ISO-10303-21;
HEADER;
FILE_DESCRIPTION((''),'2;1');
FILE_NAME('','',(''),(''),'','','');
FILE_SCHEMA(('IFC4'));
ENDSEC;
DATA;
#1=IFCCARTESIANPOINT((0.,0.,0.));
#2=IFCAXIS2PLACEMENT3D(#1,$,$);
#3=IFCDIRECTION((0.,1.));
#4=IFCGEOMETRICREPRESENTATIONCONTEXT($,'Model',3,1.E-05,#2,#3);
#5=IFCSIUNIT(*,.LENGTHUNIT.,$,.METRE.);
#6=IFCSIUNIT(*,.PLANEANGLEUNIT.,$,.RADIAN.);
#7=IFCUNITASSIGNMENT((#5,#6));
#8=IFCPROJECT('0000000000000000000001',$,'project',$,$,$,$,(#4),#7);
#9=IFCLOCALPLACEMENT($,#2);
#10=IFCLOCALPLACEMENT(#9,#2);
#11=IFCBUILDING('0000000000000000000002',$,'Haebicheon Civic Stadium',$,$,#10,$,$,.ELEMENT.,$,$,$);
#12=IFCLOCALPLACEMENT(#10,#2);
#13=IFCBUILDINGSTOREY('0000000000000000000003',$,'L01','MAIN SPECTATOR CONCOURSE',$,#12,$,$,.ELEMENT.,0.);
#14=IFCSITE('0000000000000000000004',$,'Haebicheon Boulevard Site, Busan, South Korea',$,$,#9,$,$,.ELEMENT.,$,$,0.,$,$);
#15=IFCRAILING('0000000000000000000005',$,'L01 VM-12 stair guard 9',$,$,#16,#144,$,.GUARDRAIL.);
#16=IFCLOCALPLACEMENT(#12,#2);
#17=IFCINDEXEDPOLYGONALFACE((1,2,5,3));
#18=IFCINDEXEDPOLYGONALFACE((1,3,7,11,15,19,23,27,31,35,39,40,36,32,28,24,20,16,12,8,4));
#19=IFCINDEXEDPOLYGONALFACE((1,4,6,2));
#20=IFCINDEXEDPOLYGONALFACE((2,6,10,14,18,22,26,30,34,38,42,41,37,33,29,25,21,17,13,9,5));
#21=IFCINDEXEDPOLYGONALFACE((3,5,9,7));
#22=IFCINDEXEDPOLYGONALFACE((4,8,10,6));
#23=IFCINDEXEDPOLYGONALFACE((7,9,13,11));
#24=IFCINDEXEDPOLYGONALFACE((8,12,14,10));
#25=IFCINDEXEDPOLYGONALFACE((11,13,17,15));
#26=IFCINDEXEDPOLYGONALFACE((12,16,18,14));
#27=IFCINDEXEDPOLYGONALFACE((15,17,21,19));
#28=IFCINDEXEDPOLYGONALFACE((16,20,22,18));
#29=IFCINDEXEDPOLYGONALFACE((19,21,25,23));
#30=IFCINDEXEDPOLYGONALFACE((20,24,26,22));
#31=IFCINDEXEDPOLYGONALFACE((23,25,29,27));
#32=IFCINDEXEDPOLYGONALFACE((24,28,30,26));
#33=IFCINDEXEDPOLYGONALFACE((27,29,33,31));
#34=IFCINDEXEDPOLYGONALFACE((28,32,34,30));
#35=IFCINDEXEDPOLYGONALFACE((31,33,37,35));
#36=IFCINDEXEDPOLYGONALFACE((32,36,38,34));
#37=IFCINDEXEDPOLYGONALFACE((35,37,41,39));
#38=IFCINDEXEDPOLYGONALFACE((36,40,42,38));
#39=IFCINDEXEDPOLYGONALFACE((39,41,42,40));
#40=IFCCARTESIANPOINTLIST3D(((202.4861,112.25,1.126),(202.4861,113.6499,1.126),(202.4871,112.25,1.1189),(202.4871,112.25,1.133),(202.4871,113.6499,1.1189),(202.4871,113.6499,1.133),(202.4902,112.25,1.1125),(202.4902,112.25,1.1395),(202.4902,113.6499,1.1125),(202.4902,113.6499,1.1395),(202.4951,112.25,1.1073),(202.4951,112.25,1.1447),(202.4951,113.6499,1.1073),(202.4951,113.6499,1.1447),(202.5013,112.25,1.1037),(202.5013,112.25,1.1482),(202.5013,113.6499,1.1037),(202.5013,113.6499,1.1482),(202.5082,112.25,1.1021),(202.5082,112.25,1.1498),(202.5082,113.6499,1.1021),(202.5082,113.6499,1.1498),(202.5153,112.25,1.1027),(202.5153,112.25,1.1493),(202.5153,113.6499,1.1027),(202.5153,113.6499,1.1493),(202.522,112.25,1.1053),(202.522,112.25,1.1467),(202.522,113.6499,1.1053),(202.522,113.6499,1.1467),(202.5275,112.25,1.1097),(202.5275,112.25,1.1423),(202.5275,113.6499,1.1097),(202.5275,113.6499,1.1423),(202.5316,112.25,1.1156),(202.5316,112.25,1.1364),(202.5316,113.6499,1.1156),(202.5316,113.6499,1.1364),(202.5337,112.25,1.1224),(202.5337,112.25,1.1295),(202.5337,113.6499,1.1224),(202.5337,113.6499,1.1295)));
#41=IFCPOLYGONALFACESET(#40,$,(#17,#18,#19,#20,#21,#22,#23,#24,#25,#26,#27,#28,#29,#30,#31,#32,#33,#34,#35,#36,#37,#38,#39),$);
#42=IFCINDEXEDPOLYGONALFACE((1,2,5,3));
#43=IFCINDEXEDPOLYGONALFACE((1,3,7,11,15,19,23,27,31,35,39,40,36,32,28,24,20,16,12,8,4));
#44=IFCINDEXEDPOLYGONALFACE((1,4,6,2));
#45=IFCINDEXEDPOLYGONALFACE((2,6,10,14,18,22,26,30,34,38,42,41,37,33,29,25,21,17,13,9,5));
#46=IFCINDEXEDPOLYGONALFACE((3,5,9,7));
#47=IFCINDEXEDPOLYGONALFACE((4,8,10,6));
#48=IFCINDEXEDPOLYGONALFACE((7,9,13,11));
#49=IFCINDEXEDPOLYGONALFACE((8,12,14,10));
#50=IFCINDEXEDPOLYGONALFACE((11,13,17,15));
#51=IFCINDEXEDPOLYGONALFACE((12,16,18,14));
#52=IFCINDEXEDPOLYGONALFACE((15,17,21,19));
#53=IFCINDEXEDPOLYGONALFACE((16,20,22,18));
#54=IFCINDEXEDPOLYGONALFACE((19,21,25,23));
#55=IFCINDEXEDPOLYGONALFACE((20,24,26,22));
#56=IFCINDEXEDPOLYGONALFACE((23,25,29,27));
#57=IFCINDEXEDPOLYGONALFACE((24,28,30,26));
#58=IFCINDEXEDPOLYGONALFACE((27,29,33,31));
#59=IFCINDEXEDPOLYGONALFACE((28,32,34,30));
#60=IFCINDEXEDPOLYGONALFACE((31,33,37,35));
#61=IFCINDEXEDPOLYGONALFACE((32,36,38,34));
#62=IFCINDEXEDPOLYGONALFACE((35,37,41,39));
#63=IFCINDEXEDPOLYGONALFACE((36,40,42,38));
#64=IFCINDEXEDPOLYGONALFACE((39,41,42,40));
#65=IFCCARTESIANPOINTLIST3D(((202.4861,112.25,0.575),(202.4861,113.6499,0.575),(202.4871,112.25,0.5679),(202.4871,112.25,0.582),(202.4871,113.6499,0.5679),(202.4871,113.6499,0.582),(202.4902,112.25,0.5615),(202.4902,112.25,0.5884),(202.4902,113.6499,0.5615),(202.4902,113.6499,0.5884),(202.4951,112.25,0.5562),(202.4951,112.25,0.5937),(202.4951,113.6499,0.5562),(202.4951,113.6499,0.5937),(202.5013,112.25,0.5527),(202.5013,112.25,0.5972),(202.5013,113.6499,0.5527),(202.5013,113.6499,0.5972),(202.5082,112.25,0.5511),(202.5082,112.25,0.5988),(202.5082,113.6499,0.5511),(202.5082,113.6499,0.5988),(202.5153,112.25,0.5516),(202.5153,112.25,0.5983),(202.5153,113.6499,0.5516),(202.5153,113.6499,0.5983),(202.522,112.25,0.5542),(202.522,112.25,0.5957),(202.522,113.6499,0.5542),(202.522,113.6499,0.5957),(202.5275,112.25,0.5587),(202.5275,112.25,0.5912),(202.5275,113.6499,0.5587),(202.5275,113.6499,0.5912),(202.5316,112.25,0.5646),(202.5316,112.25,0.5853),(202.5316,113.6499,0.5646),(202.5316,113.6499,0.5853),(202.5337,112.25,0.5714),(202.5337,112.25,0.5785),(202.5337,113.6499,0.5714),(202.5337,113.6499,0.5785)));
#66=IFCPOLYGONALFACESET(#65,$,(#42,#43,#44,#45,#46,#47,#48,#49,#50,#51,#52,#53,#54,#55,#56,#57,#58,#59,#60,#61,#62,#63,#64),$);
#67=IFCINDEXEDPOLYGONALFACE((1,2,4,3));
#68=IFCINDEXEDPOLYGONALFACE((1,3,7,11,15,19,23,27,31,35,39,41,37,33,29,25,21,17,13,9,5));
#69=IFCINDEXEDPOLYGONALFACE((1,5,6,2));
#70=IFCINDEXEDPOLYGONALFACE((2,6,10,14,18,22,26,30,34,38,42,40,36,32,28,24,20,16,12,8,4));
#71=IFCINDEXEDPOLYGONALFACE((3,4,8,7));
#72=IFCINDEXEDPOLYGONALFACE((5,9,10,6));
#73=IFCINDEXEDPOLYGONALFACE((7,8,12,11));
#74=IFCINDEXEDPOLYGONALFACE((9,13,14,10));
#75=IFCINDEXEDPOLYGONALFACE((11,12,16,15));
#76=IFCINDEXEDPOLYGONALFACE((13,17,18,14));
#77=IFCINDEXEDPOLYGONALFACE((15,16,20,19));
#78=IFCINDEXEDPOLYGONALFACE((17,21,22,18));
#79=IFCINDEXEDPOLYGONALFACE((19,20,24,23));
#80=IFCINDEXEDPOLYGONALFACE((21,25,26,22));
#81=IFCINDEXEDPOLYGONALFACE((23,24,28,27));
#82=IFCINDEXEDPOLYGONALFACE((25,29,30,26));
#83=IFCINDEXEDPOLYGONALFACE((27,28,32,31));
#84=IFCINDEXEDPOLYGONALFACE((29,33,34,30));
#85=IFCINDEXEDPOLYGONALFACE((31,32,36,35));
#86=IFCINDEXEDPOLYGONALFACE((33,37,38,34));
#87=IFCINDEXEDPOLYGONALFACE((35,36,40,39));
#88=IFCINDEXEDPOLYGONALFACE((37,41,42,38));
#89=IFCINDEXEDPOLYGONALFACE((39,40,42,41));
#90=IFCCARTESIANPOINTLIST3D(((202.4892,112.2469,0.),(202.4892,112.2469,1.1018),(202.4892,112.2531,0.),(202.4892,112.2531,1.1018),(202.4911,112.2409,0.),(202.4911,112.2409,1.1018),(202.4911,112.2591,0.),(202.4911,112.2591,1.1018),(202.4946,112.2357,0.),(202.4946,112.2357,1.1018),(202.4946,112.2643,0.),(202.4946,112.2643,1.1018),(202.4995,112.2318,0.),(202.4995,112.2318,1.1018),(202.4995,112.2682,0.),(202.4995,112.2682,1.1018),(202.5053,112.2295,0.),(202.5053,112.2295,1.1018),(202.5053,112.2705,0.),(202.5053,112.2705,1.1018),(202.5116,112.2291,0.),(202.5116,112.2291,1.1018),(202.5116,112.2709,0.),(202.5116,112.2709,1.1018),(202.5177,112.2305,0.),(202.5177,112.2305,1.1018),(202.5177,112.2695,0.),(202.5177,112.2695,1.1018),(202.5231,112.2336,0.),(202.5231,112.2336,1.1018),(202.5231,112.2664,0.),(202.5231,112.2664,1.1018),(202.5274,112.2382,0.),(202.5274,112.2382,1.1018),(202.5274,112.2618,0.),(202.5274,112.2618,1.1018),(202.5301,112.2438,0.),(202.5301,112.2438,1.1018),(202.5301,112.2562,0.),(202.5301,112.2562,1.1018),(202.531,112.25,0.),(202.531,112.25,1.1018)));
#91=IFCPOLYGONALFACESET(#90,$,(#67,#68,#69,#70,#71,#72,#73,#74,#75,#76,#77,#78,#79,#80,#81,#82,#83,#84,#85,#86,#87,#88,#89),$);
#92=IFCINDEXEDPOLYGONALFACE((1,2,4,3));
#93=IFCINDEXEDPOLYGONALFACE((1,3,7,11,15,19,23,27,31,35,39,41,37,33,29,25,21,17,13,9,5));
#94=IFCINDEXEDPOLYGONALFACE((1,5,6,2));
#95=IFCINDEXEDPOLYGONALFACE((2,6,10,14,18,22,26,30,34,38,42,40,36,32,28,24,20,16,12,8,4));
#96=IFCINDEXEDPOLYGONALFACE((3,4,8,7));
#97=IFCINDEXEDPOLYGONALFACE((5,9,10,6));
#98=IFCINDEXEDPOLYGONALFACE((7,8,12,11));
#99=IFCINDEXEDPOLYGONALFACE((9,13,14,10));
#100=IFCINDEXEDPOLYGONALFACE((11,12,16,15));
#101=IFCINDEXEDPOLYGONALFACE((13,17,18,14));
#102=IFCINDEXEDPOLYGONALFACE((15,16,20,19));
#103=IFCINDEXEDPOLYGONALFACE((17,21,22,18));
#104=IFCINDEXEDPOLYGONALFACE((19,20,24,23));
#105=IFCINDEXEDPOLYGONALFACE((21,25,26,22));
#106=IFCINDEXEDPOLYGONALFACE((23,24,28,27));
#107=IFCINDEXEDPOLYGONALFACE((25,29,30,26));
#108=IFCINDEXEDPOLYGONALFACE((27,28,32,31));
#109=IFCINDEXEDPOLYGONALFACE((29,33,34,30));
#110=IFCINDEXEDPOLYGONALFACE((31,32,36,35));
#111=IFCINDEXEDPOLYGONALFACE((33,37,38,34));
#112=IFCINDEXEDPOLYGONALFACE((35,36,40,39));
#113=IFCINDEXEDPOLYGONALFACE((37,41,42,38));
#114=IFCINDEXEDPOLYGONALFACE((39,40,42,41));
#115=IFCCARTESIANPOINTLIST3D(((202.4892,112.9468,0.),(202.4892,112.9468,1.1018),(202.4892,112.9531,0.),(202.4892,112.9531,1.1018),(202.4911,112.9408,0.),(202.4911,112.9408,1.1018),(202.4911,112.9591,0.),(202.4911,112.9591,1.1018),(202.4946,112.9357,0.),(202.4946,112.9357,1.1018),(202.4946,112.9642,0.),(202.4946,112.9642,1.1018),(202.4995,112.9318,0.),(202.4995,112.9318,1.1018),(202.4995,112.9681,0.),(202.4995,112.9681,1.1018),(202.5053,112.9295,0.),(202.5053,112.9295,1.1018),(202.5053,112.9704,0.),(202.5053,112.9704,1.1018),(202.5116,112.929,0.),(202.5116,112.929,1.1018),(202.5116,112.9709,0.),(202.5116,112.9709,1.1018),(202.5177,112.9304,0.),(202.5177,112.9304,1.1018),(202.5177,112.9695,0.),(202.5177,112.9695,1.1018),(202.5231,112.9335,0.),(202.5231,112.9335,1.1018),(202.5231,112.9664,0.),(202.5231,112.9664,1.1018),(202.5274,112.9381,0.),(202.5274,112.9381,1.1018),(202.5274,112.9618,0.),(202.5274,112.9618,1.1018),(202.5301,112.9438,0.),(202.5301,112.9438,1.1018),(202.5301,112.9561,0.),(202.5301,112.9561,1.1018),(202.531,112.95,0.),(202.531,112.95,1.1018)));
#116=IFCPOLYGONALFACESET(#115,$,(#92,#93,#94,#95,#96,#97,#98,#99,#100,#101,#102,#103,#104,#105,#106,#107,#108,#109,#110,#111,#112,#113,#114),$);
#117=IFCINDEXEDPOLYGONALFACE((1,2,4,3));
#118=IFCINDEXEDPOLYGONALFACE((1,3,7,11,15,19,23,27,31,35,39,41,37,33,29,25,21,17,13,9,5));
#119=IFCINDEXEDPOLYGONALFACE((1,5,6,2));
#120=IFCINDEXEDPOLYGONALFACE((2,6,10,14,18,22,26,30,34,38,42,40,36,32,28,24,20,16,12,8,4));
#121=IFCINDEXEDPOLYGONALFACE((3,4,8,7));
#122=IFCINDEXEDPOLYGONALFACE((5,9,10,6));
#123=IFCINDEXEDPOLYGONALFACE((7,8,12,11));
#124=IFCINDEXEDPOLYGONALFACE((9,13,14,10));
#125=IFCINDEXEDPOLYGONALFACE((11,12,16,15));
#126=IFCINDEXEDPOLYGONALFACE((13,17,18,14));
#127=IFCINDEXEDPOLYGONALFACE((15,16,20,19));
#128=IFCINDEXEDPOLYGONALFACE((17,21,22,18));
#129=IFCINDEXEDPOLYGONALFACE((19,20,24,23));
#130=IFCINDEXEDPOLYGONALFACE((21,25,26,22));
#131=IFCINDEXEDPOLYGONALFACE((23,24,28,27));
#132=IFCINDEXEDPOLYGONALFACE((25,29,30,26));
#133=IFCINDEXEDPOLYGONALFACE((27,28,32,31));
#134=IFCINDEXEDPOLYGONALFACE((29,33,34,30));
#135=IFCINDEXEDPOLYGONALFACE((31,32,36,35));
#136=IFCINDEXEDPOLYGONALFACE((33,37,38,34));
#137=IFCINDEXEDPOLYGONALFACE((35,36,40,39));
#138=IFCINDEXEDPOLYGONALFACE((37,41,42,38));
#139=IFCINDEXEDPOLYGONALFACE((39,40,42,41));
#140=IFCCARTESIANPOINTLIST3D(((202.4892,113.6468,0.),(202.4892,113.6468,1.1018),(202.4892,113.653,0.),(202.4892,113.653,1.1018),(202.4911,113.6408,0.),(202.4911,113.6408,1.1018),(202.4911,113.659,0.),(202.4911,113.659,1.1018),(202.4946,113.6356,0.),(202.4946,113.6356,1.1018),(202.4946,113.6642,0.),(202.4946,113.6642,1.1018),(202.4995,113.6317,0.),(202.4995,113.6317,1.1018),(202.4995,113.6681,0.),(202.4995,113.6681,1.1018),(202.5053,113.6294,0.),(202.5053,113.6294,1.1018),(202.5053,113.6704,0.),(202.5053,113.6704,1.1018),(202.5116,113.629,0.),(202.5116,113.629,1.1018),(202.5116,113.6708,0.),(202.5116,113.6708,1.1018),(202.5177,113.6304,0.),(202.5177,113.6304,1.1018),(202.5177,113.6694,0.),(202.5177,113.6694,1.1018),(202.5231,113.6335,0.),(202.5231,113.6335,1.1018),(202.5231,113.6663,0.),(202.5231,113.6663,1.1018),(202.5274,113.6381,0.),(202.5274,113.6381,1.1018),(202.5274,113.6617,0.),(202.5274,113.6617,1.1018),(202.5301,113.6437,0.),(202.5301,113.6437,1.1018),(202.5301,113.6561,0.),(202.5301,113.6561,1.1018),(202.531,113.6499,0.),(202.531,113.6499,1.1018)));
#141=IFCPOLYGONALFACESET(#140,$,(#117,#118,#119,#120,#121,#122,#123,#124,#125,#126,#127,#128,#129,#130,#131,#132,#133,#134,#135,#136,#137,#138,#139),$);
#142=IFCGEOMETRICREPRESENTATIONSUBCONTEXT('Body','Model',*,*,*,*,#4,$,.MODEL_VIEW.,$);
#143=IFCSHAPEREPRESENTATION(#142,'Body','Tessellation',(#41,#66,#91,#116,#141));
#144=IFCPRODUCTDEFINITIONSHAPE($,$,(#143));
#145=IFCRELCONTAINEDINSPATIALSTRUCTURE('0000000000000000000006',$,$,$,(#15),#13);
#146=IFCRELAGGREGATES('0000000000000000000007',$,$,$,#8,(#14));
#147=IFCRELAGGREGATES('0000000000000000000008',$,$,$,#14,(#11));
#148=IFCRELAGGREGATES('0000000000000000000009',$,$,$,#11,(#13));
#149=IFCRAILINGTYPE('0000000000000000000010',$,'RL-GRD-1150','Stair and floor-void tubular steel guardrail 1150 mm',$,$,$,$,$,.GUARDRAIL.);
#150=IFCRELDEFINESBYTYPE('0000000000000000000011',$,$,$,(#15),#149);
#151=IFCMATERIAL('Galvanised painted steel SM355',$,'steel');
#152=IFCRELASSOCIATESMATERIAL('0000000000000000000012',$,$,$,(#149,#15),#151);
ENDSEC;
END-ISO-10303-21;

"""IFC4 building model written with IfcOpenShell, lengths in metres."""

from ifc_helpers import new_model, si_unit, direction, frame, origin, origin_2d, place, context, subcontext, project, spatial, circle, extrude, material, type_object, element, save


model = new_model("IFC4")

# Units and contexts
model_context = context("Model", 3, precision=1e-05, world=origin(), true_north=direction((0.0, 1.0)))
body_context = subcontext(model_context, "Body", "Model", "MODEL_VIEW")
ifc_project = project(units=[si_unit("LENGTHUNIT", "METRE"), si_unit("PLANEANGLEUNIT", "RADIAN")], contexts=[model_context])

# Site, building, storey
site_placement = place(None, origin())
site = spatial("IfcSite", under=ifc_project, at=site_placement, Name="Haebicheon Boulevard Site, Busan, South Korea", CompositionType="ELEMENT", RefElevation=0.0)
building_placement = place(site_placement, origin())
building = spatial("IfcBuilding", under=site, at=building_placement, Name="Haebicheon Civic Stadium", CompositionType="ELEMENT")
storey_placement = place(building_placement, origin())
storey = spatial("IfcBuildingStorey", under=building, at=storey_placement, Name="L01", Description="MAIN SPECTATOR CONCOURSE", CompositionType="ELEMENT", Elevation=0.0)

# Railing
ifc_material_1 = material(Name="Galvanised painted steel SM355", Category="steel")
railing_type_1 = type_object("IfcRailingType", Name="RL-GRD-1150", Description="Stair and floor-void tubular steel guardrail 1150 mm", PredefinedType="GUARDRAIL", material=ifc_material_1)
for number, where, name in (
    (1, (202.51, 112.25, 0.0), "L01 VM-12 stair guard 9"),
):
    element("IfcRailing", number, at=place(storey_placement, frame(where)), inside=storey, type_object=railing_type_1, material=ifc_material_1, Name=name, PredefinedType="GUARDRAIL", context=body_context, shape_type="SweptSolid", body=[
        extrude(circle(Radius=0.0239, at=origin_2d()), frame((0.0, 0.0, 1.126), z_axis=(0.0, 1.0, 0.0), x_axis=(-1.0, 0.0, 0.0)), (0.0, 0.0, 1.0), 1.3999),
        extrude(circle(Radius=0.0239, at=origin_2d()), frame((0.0, 0.0, 0.575), z_axis=(0.0, 1.0, 0.0), x_axis=(-1.0, 0.0, 0.0)), (0.0, 0.0, 1.0), 1.3999),
        extrude(circle(Radius=0.021, at=origin_2d()), origin(), (0.0, 0.0, 1.0), 1.1018),
        extrude(circle(Radius=0.021, at=origin_2d()), frame((0.0, 0.7, 0.0)), (0.0, 0.0, 1.0), 1.1018),
        extrude(circle(Radius=0.021, at=origin_2d()), frame((0.0, 1.3999, 0.0)), (0.0, 0.0, 1.0), 1.1018),
    ])

save(model, "model.ifc")
